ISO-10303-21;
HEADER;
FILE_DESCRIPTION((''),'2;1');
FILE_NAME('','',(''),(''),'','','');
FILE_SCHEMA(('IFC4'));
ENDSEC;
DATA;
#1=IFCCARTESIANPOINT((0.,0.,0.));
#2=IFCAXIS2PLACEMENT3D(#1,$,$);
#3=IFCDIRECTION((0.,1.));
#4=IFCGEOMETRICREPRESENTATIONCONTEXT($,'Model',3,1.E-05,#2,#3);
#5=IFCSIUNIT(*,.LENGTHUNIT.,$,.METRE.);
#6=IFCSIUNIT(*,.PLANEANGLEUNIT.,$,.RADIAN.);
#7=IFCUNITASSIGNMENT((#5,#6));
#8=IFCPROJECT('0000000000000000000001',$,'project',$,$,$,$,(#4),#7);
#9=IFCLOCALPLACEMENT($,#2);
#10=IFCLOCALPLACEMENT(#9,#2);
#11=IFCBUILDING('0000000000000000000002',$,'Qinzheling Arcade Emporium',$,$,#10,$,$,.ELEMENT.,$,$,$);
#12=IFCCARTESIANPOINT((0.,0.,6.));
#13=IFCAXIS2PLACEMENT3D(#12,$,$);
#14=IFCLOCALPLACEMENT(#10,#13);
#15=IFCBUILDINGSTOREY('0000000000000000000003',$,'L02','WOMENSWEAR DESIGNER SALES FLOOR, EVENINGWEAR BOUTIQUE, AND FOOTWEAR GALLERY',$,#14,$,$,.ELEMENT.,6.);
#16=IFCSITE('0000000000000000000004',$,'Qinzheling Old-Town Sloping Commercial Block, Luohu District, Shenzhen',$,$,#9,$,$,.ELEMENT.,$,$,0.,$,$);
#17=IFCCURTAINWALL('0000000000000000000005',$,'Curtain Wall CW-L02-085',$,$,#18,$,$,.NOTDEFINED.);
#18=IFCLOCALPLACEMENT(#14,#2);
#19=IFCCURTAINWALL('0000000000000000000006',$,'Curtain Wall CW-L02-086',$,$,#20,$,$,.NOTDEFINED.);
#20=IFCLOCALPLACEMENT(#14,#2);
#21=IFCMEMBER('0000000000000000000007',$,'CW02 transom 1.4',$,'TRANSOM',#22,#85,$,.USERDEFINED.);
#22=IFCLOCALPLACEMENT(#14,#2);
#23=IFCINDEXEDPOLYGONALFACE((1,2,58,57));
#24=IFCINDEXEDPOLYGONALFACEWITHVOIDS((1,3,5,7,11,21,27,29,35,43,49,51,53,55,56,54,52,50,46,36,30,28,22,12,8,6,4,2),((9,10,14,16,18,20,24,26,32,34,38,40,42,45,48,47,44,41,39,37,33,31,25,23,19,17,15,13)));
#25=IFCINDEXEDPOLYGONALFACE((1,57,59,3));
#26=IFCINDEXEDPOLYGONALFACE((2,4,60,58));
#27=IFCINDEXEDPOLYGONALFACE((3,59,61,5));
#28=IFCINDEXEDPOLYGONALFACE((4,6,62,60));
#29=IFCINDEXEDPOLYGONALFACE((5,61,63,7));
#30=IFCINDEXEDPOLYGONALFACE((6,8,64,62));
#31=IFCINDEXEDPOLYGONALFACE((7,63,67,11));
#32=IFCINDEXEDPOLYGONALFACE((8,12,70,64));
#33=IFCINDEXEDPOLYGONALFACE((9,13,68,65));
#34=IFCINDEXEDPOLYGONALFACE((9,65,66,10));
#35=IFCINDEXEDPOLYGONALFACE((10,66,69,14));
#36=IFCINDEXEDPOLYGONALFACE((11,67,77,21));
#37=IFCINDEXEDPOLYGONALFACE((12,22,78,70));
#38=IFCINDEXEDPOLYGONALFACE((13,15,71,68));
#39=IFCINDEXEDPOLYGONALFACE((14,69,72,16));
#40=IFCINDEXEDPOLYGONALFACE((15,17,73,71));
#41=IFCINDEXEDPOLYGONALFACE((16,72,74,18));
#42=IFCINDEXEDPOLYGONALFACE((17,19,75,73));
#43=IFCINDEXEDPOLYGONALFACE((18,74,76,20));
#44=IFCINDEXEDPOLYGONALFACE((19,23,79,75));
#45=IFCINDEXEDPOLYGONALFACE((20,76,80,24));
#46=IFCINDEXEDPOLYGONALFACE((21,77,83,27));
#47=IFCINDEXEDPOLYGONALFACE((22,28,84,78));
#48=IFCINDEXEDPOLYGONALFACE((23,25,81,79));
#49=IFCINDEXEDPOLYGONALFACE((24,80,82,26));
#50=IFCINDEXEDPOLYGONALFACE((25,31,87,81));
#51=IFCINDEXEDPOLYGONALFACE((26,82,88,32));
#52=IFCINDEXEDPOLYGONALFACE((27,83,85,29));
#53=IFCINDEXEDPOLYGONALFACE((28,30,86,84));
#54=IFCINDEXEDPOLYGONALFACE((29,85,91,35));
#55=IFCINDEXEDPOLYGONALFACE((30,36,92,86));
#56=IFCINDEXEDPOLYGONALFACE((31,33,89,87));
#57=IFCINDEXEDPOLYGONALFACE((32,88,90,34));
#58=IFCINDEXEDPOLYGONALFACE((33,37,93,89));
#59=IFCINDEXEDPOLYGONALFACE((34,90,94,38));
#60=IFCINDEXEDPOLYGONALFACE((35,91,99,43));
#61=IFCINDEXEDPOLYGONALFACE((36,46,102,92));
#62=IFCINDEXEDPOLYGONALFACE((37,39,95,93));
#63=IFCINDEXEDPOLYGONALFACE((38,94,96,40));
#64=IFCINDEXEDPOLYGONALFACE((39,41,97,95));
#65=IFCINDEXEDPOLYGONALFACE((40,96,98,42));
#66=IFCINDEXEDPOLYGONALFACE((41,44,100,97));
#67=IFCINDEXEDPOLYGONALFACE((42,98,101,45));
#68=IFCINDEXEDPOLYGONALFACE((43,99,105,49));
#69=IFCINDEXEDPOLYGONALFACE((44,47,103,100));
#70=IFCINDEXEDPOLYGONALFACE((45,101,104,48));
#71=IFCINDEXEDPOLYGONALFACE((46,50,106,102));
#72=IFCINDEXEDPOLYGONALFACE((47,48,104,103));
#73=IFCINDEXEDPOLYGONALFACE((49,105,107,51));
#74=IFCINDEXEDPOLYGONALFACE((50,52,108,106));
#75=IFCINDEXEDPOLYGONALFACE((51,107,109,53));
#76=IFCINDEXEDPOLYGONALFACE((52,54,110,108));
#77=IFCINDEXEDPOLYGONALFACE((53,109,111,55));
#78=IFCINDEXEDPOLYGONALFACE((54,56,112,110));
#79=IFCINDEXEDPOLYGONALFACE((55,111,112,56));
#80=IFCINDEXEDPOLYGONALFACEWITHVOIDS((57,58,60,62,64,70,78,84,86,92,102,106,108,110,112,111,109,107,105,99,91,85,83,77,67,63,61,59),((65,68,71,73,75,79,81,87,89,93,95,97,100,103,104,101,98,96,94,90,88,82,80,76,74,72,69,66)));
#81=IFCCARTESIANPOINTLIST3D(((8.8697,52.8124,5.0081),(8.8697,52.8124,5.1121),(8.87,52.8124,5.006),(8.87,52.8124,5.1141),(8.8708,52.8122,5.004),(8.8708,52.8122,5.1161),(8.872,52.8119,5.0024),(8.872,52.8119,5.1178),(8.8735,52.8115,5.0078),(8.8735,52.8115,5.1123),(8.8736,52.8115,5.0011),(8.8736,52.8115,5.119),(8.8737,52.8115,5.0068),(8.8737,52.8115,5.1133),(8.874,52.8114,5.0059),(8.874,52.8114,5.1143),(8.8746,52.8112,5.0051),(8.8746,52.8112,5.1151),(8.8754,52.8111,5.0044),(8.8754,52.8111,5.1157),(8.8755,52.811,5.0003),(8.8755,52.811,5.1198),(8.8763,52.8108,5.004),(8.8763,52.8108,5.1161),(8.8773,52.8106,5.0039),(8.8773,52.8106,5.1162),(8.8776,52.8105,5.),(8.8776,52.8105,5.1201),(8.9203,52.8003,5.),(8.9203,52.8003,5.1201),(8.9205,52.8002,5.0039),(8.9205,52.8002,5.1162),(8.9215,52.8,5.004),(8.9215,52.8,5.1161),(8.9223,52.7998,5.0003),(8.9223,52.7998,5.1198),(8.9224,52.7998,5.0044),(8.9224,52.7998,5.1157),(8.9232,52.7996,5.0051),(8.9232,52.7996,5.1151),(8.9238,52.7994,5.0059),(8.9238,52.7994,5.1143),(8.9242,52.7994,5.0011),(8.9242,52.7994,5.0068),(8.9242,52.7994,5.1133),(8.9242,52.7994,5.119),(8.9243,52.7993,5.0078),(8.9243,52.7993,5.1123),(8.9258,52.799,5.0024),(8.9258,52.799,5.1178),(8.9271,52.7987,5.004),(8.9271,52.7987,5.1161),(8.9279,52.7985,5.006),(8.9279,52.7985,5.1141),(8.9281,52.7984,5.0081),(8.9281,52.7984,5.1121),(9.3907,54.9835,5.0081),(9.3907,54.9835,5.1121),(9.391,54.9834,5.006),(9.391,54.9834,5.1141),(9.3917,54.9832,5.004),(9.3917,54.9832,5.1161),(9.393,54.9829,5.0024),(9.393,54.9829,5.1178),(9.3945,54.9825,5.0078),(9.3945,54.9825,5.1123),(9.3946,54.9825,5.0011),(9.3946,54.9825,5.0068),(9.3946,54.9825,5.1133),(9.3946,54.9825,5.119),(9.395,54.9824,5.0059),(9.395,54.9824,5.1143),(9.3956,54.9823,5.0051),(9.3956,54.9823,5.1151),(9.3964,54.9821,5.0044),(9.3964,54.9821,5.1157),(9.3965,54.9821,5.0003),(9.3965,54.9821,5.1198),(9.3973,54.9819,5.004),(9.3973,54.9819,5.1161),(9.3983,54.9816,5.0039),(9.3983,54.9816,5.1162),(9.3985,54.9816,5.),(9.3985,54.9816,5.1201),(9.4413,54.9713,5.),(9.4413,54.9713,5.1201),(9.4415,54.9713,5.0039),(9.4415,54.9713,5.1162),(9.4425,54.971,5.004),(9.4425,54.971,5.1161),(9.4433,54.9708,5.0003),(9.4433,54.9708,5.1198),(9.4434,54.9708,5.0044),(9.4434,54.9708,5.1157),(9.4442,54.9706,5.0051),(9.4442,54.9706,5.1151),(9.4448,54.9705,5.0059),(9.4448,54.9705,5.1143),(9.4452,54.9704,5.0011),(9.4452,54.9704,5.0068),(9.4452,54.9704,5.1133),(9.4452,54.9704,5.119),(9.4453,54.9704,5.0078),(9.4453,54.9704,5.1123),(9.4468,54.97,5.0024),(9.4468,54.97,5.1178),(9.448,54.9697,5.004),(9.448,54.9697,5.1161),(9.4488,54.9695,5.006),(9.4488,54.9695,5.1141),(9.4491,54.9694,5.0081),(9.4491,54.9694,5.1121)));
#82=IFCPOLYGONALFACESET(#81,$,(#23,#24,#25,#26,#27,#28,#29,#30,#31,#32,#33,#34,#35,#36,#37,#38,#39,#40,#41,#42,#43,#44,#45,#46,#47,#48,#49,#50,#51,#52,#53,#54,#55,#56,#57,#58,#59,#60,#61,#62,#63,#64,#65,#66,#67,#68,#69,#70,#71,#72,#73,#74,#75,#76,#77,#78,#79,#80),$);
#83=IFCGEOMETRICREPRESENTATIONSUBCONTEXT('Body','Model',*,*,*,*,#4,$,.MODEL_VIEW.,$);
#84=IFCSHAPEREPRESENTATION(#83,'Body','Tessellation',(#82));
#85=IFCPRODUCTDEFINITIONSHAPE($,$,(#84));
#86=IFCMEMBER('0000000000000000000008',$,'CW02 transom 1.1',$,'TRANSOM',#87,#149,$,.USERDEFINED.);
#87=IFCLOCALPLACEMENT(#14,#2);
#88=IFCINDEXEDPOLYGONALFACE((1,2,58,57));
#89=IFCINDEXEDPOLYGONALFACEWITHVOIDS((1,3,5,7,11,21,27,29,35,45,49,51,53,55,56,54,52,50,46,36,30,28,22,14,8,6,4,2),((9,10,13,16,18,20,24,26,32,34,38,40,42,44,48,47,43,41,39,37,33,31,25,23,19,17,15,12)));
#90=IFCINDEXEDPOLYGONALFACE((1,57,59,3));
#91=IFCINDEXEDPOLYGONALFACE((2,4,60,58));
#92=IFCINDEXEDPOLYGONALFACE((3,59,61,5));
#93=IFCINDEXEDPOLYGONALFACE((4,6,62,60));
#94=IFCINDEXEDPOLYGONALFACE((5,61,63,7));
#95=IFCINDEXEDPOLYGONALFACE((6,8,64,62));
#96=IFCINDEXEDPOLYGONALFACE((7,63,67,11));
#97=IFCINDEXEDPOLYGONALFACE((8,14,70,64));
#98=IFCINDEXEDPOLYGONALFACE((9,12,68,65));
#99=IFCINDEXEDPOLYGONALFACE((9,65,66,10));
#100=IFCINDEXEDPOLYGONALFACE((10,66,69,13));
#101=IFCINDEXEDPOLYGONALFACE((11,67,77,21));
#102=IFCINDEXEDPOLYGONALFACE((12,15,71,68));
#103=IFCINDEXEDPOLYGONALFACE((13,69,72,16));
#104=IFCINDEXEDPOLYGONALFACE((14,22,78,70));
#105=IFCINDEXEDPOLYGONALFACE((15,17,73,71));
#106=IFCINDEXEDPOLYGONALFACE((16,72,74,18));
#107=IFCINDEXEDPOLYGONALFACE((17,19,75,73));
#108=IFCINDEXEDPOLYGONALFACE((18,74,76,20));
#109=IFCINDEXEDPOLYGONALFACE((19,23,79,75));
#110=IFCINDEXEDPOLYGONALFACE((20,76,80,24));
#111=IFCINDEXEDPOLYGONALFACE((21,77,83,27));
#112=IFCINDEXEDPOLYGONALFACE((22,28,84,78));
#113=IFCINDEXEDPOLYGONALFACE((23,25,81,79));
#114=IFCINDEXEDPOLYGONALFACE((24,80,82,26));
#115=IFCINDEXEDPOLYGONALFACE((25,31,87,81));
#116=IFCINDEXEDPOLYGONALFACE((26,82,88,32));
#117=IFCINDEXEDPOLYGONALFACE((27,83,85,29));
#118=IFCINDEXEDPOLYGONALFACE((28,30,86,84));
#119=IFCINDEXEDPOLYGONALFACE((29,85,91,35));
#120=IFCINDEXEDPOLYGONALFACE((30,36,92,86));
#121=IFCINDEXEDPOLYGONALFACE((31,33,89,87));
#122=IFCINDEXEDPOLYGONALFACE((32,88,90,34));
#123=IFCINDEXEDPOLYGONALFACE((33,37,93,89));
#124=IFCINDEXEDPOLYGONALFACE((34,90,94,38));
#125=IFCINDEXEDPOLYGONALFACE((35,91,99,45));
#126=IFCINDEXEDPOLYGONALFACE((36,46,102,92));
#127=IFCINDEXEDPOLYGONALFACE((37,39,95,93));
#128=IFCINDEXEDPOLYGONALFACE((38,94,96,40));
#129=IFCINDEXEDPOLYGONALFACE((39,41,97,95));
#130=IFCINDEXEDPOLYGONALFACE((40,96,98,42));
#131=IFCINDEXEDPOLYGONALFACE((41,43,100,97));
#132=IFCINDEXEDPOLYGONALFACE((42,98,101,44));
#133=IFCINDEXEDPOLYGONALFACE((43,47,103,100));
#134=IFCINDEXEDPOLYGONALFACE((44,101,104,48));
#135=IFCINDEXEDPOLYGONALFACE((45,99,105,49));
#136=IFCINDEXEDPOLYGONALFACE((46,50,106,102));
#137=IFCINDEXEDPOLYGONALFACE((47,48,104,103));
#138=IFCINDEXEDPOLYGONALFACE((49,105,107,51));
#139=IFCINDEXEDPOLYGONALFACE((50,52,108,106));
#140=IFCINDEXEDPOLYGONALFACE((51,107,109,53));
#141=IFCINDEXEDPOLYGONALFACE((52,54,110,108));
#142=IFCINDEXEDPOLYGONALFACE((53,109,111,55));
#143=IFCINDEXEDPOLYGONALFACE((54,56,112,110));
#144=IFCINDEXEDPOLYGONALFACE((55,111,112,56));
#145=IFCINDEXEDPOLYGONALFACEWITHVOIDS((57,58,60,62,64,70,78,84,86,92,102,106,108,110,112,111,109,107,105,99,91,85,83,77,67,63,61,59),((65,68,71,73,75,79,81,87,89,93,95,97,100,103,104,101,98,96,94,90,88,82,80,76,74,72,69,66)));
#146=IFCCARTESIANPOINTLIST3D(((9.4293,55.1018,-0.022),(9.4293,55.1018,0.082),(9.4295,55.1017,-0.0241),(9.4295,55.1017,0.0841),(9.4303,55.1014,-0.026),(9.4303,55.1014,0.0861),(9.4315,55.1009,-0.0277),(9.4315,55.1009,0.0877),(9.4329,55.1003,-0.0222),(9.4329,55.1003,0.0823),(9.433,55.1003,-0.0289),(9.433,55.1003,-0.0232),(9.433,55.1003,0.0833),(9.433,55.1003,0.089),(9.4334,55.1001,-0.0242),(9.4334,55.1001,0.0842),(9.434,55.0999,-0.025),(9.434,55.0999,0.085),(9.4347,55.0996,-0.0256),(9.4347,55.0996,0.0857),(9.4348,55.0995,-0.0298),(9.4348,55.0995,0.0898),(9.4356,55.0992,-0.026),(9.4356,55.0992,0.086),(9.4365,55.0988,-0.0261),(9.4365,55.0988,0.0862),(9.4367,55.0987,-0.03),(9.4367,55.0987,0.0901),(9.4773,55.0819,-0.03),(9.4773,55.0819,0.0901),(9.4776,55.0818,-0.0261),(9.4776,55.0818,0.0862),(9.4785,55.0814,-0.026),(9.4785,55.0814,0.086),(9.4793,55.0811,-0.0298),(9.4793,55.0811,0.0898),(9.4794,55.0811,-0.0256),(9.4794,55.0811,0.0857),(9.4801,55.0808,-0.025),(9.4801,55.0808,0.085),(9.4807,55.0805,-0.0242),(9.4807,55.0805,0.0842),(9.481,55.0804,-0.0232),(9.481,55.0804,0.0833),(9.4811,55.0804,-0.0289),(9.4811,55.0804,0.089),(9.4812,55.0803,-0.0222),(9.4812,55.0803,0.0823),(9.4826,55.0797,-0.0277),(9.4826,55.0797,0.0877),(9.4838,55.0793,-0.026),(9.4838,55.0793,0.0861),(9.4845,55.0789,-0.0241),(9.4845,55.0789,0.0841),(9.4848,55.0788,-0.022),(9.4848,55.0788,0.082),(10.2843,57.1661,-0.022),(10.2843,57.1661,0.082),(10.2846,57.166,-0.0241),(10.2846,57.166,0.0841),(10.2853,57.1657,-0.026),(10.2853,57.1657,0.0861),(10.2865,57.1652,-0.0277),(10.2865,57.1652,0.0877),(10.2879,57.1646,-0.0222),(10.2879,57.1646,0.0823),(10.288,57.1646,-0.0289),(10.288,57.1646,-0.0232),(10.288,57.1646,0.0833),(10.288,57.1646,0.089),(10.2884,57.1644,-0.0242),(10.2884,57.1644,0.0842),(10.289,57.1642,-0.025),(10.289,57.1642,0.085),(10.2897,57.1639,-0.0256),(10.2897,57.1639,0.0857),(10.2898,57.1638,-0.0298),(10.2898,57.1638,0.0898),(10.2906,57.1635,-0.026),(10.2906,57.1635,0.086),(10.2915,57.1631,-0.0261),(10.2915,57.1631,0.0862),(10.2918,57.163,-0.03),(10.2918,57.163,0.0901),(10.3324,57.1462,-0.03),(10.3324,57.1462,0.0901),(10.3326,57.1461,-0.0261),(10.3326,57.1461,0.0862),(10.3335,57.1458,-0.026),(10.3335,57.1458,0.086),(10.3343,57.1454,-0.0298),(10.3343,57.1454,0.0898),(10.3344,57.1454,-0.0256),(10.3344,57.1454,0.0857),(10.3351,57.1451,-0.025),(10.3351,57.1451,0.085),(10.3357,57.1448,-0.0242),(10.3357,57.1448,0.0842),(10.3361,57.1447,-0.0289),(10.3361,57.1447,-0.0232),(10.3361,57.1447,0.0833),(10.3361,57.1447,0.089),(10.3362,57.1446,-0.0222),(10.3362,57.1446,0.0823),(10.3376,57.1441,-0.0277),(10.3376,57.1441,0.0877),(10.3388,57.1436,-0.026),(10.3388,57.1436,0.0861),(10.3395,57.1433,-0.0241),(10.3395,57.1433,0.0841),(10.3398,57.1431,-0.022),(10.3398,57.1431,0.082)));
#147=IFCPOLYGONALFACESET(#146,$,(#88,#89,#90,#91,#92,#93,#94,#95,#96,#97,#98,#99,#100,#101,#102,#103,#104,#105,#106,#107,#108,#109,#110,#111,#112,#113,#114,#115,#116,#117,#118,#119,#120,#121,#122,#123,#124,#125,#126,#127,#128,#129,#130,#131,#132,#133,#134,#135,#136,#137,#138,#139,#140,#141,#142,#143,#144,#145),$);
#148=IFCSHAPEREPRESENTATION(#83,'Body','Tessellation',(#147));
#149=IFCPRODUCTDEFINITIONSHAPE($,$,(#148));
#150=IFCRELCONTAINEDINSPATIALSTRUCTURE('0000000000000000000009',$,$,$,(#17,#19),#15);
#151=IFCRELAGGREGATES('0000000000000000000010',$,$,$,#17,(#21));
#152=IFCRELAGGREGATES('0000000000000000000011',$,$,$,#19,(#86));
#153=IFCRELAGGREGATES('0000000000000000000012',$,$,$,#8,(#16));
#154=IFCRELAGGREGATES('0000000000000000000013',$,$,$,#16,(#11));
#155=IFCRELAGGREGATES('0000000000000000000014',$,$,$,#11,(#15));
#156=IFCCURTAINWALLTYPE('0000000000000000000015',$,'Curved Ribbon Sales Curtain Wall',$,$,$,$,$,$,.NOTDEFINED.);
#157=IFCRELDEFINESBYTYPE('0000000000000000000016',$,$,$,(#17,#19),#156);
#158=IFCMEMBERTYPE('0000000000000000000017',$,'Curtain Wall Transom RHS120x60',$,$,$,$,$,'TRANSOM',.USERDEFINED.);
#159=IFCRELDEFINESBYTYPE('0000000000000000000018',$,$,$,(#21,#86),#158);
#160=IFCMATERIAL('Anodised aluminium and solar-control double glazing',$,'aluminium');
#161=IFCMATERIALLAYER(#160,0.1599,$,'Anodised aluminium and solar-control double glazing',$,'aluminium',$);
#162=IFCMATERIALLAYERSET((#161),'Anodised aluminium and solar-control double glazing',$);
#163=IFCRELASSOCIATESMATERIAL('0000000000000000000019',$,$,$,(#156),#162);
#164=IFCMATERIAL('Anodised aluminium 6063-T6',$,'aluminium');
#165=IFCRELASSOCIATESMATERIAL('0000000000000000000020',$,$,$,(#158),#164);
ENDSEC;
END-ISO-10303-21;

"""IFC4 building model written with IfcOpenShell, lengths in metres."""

from ifc_helpers import new_model, si_unit, direction, frame, origin, origin_2d, place, context, subcontext, project, spatial, hollow_rectangle, extrude, material, layer, layer_set, material_profile, profile_set, type_object, element, aggregate, save


model = new_model("IFC4")

# Units and contexts
model_context = context("Model", 3, precision=1e-05, world=origin(), true_north=direction((0.0, 1.0)))
body_context = subcontext(model_context, "Body", "Model", "MODEL_VIEW")
ifc_project = project(units=[si_unit("LENGTHUNIT", "METRE"), si_unit("PLANEANGLEUNIT", "RADIAN")], contexts=[model_context])

# Site, building, storey
site_placement = place(None, origin())
site = spatial("IfcSite", under=ifc_project, at=site_placement, Name="Qinzheling Old-Town Sloping Commercial Block, Luohu District, Shenzhen", CompositionType="ELEMENT", RefElevation=0.0)
building_placement = place(site_placement, origin())
building = spatial("IfcBuilding", under=site, at=building_placement, Name="Qinzheling Arcade Emporium", CompositionType="ELEMENT")
storey_placement = place(building_placement, frame((0.0, 0.0, 6.0)))
storey = spatial("IfcBuildingStorey", under=building, at=storey_placement, Name="L02", Description="WOMENSWEAR DESIGNER SALES FLOOR, EVENINGWEAR BOUTIQUE, AND FOOTWEAR GALLERY", CompositionType="ELEMENT", Elevation=6.0)

# Curtain wall
ifc_material_1 = material(Name="Anodised aluminium and solar-control double glazing", Category="aluminium")
ifc_layer_1 = layer(ifc_material_1, 0.1599, Name="Anodised aluminium and solar-control double glazing", Category="aluminium")
ifc_layer_set_1 = layer_set([ifc_layer_1], Name="Anodised aluminium and solar-control double glazing")
curtain_wall_type = type_object("IfcCurtainWallType", Name="Curved Ribbon Sales Curtain Wall", PredefinedType="NOTDEFINED", material=ifc_layer_set_1)
curtain_wall_1_placement = place(storey_placement, origin())
curtain_wall_1 = element("IfcCurtainWall", 1, at=curtain_wall_1_placement, inside=storey, type_object=curtain_wall_type, Name="Curtain Wall CW-L02-085", PredefinedType="NOTDEFINED")
ifc_material_2 = material(Name="Anodised aluminium 6063-T6", Category="aluminium")

# Curtain wall
curtain_wall_2_placement = place(storey_placement, origin())
curtain_wall_2 = element("IfcCurtainWall", 2, at=curtain_wall_2_placement, inside=storey, type_object=curtain_wall_type, Name="Curtain Wall CW-L02-086", PredefinedType="NOTDEFINED")

# Members
ifc_material_profile_1 = material_profile(ifc_material_2, hollow_rectangle(XDim=0.0601, YDim=0.1201, WallThickness=0.0039, InnerFilletRadius=0.0039, OuterFilletRadius=0.0081, at=origin_2d()), Name="RHS 120x60x4", Category="aluminium")
ifc_profile_set_1 = profile_set([ifc_material_profile_1], Name="Anodised aluminium 6063-T6")
member_type_1 = type_object("IfcMemberType", Name="Curtain Wall Transom RHS120x60", ElementType="TRANSOM", PredefinedType="USERDEFINED", material=ifc_profile_set_1)
member_1_placement = place(storey_placement, frame((8.8989, 52.8054, 5.0601), z_axis=(0.23334, 0.972395, 0.0), x_axis=(-0.972395, 0.23334, 0.0)))
member_1 = element("IfcMember", 3, at=member_1_placement, type_object=member_type_1, Name="CW02 transom 1.4", ObjectType="TRANSOM", PredefinedType="USERDEFINED", context=body_context, shape_type="SweptSolid", body=[
    extrude(hollow_rectangle(XDim=0.0601, YDim=0.1201, WallThickness=0.0039, InnerFilletRadius=0.0039, OuterFilletRadius=0.0081, at=origin_2d()), origin(), (0.0, 0.0, 1.0), 2.2327),
])
member_2_placement = place(storey_placement, frame((9.457, 55.0903, 0.03), z_axis=(0.382667, 0.923886, 0.0), x_axis=(-0.923886, 0.382667, 0.0)))
member_2 = element("IfcMember", 4, at=member_2_placement, type_object=member_type_1, Name="CW02 transom 1.1", ObjectType="TRANSOM", PredefinedType="USERDEFINED", context=body_context, shape_type="SweptSolid", body=[
    extrude(hollow_rectangle(XDim=0.0601, YDim=0.1201, WallThickness=0.0039, InnerFilletRadius=0.0039, OuterFilletRadius=0.0081, at=origin_2d()), origin(), (0.0, 0.0, 1.0), 2.2344),
])

aggregate(curtain_wall_1, [member_1])
aggregate(curtain_wall_2, [member_2])

save(model, "model.ifc")
